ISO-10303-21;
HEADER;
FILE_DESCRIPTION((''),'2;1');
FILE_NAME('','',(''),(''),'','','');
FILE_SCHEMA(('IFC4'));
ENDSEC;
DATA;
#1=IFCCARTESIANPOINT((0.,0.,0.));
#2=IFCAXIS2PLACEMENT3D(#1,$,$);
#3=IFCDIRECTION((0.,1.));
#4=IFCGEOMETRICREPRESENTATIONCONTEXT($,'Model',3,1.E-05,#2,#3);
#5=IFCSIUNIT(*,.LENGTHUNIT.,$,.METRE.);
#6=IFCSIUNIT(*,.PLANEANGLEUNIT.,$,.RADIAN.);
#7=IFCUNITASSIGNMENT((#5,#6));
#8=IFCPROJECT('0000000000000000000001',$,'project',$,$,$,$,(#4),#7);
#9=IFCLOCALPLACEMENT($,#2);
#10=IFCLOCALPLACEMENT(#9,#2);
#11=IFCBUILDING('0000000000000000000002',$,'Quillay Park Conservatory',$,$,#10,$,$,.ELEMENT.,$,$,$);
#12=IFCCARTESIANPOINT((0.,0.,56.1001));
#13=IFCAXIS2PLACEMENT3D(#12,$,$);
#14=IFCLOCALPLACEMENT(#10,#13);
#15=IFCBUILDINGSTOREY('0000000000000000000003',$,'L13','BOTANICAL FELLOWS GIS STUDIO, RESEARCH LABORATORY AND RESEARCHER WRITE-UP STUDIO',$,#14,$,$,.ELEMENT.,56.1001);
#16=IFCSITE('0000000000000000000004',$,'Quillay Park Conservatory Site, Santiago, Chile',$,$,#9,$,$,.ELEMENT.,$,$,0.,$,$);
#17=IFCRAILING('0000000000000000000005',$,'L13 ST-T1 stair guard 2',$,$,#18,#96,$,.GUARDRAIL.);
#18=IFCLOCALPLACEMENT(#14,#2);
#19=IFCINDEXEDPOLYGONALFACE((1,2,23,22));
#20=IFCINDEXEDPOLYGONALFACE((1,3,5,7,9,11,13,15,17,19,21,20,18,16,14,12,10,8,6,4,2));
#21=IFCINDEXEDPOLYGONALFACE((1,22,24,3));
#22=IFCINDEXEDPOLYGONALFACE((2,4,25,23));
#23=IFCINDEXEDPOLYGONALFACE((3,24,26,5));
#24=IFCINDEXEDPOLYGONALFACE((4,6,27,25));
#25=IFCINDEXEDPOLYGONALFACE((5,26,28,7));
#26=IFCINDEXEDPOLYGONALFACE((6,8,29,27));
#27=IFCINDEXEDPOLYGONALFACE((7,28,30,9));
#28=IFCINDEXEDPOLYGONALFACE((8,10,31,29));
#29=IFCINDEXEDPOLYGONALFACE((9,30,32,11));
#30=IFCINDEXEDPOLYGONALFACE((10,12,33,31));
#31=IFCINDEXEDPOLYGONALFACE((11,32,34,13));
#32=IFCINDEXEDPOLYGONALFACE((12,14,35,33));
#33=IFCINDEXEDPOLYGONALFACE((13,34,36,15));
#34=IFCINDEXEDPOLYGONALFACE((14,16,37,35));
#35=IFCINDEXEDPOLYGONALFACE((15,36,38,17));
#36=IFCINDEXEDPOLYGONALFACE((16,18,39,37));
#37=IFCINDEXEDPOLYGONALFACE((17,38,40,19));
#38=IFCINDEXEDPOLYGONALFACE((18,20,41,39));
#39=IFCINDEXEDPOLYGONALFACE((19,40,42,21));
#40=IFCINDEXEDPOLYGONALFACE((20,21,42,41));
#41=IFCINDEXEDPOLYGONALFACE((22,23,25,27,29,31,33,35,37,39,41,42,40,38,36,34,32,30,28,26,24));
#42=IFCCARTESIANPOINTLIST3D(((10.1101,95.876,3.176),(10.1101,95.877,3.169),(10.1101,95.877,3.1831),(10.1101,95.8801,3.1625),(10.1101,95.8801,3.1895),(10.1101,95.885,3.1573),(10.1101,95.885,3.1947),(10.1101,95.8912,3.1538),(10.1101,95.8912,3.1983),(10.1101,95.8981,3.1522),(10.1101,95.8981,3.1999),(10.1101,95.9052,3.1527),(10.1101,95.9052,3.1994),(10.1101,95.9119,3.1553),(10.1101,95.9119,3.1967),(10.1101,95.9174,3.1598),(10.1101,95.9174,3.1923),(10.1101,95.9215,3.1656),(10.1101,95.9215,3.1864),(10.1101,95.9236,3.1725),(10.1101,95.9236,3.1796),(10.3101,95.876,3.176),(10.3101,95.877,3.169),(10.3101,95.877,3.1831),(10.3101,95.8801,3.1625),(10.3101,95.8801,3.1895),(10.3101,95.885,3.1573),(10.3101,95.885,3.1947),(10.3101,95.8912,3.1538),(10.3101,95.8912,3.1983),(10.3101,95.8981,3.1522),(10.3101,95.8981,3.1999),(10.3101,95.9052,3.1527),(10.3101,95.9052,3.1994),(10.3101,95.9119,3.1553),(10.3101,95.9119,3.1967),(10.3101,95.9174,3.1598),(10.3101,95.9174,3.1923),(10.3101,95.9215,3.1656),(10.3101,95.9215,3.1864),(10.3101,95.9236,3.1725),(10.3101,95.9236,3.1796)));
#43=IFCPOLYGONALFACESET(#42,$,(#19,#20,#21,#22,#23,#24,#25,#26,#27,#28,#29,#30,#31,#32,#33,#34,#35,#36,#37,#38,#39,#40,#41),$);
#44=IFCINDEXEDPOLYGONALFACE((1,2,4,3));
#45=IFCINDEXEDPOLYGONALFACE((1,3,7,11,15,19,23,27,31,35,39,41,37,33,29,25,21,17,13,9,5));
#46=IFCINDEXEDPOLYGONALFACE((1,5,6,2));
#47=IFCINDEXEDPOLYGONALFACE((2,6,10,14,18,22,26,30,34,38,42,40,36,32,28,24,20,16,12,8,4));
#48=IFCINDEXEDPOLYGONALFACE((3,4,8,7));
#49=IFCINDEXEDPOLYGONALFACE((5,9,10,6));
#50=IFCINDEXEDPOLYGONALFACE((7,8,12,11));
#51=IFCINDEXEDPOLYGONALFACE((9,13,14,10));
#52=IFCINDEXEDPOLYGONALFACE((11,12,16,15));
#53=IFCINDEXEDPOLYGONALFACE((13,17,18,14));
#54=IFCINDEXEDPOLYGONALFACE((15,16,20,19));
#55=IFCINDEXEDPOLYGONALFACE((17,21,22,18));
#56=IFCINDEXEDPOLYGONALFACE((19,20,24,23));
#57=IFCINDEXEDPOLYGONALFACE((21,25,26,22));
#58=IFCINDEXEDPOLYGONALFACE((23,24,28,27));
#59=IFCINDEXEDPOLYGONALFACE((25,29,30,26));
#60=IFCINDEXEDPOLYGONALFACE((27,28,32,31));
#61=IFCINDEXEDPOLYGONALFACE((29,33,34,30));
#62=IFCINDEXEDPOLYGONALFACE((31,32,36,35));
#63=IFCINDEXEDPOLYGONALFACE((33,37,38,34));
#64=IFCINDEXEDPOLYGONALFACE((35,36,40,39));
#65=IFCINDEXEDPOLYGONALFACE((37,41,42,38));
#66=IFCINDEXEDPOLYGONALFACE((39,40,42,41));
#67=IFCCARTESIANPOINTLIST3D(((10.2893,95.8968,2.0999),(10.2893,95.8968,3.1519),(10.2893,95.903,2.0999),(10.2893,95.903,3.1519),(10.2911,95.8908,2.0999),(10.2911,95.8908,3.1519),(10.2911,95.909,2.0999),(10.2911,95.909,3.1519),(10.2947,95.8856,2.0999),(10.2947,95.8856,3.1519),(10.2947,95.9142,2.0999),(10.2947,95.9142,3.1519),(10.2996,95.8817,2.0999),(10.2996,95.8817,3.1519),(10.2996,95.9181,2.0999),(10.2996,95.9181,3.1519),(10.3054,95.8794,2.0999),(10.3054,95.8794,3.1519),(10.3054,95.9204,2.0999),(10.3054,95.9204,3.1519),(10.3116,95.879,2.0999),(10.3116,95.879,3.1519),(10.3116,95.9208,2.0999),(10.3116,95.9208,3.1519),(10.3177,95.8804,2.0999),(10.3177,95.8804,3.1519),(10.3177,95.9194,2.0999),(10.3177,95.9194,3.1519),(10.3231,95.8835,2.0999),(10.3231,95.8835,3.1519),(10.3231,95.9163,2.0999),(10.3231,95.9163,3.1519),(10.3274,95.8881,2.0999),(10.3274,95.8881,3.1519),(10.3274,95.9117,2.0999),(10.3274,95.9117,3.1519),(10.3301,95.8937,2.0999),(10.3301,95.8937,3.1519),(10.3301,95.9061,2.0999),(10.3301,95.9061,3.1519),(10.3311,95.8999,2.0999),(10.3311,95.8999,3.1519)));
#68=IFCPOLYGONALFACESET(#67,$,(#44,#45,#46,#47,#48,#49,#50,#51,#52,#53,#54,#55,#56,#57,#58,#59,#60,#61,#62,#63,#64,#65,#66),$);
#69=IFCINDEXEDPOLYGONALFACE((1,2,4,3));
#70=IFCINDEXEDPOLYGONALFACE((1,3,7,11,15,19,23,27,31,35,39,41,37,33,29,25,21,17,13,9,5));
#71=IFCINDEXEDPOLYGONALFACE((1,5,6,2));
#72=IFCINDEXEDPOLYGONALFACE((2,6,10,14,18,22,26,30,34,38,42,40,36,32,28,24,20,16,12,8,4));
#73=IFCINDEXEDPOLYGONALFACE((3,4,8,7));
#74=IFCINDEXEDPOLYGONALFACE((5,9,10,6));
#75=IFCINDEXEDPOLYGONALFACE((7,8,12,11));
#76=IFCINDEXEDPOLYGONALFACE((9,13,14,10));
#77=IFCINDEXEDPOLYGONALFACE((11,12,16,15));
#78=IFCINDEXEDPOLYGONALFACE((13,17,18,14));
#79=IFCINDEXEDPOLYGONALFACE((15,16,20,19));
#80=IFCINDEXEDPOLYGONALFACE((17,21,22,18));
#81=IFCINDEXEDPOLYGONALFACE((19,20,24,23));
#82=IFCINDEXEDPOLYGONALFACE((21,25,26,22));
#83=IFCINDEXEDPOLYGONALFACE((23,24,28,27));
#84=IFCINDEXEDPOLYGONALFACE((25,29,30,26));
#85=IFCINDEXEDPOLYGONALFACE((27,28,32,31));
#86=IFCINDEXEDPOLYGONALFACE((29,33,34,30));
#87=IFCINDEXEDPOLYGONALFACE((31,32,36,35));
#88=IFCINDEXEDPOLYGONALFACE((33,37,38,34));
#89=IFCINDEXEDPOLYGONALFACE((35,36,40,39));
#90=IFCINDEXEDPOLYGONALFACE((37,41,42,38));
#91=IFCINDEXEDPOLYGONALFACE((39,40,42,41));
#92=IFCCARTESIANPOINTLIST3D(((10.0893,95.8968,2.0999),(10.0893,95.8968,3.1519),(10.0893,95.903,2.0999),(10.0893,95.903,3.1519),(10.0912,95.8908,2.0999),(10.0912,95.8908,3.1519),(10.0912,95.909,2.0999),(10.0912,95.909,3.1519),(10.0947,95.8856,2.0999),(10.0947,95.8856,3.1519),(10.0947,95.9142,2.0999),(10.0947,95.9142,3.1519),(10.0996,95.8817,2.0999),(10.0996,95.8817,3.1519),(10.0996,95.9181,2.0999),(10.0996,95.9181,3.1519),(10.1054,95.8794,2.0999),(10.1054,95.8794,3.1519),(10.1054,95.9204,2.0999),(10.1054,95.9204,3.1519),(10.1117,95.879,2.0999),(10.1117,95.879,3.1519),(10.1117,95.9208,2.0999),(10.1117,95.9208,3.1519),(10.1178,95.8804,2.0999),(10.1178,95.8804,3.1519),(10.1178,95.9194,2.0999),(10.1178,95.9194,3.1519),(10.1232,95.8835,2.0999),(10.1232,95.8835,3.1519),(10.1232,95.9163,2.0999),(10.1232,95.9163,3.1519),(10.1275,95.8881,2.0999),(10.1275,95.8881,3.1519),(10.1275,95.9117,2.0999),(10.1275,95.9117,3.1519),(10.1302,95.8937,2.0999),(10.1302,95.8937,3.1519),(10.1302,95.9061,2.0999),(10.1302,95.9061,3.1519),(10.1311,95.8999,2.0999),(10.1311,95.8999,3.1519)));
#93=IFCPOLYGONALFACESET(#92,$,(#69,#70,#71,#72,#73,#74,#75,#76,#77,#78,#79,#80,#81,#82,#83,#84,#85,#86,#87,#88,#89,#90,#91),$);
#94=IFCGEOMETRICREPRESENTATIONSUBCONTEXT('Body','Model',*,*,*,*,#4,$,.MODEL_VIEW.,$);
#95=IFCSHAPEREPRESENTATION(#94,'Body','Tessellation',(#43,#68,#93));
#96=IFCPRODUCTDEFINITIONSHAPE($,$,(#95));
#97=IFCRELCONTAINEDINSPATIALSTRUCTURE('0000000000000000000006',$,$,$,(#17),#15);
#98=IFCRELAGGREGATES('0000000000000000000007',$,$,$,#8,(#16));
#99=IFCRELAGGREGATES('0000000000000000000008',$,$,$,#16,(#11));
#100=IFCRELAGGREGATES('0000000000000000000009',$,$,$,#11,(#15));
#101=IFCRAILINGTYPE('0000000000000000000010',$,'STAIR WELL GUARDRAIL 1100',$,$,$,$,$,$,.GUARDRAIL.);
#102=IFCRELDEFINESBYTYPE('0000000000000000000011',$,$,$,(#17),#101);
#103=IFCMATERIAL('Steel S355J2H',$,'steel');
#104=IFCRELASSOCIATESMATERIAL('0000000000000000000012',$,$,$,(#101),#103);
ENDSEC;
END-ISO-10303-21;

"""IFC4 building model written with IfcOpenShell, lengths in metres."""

from ifc_helpers import new_model, si_unit, direction, frame, origin, origin_2d, place, context, subcontext, project, spatial, circle, extrude, material, type_object, element, save


model = new_model("IFC4")

# Units and contexts
model_context = context("Model", 3, precision=1e-05, world=origin(), true_north=direction((0.0, 1.0)))
body_context = subcontext(model_context, "Body", "Model", "MODEL_VIEW")
ifc_project = project(units=[si_unit("LENGTHUNIT", "METRE"), si_unit("PLANEANGLEUNIT", "RADIAN")], contexts=[model_context])

# Site, building, storey
site_placement = place(None, origin())
site = spatial("IfcSite", under=ifc_project, at=site_placement, Name="Quillay Park Conservatory Site, Santiago, Chile", CompositionType="ELEMENT", RefElevation=0.0)
building_placement = place(site_placement, origin())
building = spatial("IfcBuilding", under=site, at=building_placement, Name="Quillay Park Conservatory", CompositionType="ELEMENT")
storey_placement = place(building_placement, frame((0.0, 0.0, 56.1001)))
storey = spatial("IfcBuildingStorey", under=building, at=storey_placement, Name="L13", Description="BOTANICAL FELLOWS GIS STUDIO, RESEARCH LABORATORY AND RESEARCHER WRITE-UP STUDIO", CompositionType="ELEMENT", Elevation=56.1001)

# Railing
ifc_material_1 = material(Name="Steel S355J2H", Category="steel")
railing_type_1 = type_object("IfcRailingType", Name="STAIR WELL GUARDRAIL 1100", PredefinedType="GUARDRAIL", material=ifc_material_1)
railing_1_placement = place(storey_placement, frame((10.3101, 95.8999, 2.0999)))
element("IfcRailing", 1, at=railing_1_placement, inside=storey, type_object=railing_type_1, Name="L13 ST-T1 stair guard 2", PredefinedType="GUARDRAIL", context=body_context, shape_type="SweptSolid", body=[
    extrude(circle(Radius=0.0239, at=origin_2d()), frame((0.0, 0.0, 1.0762), z_axis=(-1.0, 0.0, 0.0), x_axis=(0.0, -1.0, 0.0)), (0.0, 0.0, 1.0), 0.2),
    extrude(circle(Radius=0.021, at=origin_2d()), origin(), (0.0, 0.0, 1.0), 1.052),
    extrude(circle(Radius=0.021, at=origin_2d()), frame((-0.2, 0.0, 0.0)), (0.0, 0.0, 1.0), 1.052),
])

save(model, "model.ifc")
